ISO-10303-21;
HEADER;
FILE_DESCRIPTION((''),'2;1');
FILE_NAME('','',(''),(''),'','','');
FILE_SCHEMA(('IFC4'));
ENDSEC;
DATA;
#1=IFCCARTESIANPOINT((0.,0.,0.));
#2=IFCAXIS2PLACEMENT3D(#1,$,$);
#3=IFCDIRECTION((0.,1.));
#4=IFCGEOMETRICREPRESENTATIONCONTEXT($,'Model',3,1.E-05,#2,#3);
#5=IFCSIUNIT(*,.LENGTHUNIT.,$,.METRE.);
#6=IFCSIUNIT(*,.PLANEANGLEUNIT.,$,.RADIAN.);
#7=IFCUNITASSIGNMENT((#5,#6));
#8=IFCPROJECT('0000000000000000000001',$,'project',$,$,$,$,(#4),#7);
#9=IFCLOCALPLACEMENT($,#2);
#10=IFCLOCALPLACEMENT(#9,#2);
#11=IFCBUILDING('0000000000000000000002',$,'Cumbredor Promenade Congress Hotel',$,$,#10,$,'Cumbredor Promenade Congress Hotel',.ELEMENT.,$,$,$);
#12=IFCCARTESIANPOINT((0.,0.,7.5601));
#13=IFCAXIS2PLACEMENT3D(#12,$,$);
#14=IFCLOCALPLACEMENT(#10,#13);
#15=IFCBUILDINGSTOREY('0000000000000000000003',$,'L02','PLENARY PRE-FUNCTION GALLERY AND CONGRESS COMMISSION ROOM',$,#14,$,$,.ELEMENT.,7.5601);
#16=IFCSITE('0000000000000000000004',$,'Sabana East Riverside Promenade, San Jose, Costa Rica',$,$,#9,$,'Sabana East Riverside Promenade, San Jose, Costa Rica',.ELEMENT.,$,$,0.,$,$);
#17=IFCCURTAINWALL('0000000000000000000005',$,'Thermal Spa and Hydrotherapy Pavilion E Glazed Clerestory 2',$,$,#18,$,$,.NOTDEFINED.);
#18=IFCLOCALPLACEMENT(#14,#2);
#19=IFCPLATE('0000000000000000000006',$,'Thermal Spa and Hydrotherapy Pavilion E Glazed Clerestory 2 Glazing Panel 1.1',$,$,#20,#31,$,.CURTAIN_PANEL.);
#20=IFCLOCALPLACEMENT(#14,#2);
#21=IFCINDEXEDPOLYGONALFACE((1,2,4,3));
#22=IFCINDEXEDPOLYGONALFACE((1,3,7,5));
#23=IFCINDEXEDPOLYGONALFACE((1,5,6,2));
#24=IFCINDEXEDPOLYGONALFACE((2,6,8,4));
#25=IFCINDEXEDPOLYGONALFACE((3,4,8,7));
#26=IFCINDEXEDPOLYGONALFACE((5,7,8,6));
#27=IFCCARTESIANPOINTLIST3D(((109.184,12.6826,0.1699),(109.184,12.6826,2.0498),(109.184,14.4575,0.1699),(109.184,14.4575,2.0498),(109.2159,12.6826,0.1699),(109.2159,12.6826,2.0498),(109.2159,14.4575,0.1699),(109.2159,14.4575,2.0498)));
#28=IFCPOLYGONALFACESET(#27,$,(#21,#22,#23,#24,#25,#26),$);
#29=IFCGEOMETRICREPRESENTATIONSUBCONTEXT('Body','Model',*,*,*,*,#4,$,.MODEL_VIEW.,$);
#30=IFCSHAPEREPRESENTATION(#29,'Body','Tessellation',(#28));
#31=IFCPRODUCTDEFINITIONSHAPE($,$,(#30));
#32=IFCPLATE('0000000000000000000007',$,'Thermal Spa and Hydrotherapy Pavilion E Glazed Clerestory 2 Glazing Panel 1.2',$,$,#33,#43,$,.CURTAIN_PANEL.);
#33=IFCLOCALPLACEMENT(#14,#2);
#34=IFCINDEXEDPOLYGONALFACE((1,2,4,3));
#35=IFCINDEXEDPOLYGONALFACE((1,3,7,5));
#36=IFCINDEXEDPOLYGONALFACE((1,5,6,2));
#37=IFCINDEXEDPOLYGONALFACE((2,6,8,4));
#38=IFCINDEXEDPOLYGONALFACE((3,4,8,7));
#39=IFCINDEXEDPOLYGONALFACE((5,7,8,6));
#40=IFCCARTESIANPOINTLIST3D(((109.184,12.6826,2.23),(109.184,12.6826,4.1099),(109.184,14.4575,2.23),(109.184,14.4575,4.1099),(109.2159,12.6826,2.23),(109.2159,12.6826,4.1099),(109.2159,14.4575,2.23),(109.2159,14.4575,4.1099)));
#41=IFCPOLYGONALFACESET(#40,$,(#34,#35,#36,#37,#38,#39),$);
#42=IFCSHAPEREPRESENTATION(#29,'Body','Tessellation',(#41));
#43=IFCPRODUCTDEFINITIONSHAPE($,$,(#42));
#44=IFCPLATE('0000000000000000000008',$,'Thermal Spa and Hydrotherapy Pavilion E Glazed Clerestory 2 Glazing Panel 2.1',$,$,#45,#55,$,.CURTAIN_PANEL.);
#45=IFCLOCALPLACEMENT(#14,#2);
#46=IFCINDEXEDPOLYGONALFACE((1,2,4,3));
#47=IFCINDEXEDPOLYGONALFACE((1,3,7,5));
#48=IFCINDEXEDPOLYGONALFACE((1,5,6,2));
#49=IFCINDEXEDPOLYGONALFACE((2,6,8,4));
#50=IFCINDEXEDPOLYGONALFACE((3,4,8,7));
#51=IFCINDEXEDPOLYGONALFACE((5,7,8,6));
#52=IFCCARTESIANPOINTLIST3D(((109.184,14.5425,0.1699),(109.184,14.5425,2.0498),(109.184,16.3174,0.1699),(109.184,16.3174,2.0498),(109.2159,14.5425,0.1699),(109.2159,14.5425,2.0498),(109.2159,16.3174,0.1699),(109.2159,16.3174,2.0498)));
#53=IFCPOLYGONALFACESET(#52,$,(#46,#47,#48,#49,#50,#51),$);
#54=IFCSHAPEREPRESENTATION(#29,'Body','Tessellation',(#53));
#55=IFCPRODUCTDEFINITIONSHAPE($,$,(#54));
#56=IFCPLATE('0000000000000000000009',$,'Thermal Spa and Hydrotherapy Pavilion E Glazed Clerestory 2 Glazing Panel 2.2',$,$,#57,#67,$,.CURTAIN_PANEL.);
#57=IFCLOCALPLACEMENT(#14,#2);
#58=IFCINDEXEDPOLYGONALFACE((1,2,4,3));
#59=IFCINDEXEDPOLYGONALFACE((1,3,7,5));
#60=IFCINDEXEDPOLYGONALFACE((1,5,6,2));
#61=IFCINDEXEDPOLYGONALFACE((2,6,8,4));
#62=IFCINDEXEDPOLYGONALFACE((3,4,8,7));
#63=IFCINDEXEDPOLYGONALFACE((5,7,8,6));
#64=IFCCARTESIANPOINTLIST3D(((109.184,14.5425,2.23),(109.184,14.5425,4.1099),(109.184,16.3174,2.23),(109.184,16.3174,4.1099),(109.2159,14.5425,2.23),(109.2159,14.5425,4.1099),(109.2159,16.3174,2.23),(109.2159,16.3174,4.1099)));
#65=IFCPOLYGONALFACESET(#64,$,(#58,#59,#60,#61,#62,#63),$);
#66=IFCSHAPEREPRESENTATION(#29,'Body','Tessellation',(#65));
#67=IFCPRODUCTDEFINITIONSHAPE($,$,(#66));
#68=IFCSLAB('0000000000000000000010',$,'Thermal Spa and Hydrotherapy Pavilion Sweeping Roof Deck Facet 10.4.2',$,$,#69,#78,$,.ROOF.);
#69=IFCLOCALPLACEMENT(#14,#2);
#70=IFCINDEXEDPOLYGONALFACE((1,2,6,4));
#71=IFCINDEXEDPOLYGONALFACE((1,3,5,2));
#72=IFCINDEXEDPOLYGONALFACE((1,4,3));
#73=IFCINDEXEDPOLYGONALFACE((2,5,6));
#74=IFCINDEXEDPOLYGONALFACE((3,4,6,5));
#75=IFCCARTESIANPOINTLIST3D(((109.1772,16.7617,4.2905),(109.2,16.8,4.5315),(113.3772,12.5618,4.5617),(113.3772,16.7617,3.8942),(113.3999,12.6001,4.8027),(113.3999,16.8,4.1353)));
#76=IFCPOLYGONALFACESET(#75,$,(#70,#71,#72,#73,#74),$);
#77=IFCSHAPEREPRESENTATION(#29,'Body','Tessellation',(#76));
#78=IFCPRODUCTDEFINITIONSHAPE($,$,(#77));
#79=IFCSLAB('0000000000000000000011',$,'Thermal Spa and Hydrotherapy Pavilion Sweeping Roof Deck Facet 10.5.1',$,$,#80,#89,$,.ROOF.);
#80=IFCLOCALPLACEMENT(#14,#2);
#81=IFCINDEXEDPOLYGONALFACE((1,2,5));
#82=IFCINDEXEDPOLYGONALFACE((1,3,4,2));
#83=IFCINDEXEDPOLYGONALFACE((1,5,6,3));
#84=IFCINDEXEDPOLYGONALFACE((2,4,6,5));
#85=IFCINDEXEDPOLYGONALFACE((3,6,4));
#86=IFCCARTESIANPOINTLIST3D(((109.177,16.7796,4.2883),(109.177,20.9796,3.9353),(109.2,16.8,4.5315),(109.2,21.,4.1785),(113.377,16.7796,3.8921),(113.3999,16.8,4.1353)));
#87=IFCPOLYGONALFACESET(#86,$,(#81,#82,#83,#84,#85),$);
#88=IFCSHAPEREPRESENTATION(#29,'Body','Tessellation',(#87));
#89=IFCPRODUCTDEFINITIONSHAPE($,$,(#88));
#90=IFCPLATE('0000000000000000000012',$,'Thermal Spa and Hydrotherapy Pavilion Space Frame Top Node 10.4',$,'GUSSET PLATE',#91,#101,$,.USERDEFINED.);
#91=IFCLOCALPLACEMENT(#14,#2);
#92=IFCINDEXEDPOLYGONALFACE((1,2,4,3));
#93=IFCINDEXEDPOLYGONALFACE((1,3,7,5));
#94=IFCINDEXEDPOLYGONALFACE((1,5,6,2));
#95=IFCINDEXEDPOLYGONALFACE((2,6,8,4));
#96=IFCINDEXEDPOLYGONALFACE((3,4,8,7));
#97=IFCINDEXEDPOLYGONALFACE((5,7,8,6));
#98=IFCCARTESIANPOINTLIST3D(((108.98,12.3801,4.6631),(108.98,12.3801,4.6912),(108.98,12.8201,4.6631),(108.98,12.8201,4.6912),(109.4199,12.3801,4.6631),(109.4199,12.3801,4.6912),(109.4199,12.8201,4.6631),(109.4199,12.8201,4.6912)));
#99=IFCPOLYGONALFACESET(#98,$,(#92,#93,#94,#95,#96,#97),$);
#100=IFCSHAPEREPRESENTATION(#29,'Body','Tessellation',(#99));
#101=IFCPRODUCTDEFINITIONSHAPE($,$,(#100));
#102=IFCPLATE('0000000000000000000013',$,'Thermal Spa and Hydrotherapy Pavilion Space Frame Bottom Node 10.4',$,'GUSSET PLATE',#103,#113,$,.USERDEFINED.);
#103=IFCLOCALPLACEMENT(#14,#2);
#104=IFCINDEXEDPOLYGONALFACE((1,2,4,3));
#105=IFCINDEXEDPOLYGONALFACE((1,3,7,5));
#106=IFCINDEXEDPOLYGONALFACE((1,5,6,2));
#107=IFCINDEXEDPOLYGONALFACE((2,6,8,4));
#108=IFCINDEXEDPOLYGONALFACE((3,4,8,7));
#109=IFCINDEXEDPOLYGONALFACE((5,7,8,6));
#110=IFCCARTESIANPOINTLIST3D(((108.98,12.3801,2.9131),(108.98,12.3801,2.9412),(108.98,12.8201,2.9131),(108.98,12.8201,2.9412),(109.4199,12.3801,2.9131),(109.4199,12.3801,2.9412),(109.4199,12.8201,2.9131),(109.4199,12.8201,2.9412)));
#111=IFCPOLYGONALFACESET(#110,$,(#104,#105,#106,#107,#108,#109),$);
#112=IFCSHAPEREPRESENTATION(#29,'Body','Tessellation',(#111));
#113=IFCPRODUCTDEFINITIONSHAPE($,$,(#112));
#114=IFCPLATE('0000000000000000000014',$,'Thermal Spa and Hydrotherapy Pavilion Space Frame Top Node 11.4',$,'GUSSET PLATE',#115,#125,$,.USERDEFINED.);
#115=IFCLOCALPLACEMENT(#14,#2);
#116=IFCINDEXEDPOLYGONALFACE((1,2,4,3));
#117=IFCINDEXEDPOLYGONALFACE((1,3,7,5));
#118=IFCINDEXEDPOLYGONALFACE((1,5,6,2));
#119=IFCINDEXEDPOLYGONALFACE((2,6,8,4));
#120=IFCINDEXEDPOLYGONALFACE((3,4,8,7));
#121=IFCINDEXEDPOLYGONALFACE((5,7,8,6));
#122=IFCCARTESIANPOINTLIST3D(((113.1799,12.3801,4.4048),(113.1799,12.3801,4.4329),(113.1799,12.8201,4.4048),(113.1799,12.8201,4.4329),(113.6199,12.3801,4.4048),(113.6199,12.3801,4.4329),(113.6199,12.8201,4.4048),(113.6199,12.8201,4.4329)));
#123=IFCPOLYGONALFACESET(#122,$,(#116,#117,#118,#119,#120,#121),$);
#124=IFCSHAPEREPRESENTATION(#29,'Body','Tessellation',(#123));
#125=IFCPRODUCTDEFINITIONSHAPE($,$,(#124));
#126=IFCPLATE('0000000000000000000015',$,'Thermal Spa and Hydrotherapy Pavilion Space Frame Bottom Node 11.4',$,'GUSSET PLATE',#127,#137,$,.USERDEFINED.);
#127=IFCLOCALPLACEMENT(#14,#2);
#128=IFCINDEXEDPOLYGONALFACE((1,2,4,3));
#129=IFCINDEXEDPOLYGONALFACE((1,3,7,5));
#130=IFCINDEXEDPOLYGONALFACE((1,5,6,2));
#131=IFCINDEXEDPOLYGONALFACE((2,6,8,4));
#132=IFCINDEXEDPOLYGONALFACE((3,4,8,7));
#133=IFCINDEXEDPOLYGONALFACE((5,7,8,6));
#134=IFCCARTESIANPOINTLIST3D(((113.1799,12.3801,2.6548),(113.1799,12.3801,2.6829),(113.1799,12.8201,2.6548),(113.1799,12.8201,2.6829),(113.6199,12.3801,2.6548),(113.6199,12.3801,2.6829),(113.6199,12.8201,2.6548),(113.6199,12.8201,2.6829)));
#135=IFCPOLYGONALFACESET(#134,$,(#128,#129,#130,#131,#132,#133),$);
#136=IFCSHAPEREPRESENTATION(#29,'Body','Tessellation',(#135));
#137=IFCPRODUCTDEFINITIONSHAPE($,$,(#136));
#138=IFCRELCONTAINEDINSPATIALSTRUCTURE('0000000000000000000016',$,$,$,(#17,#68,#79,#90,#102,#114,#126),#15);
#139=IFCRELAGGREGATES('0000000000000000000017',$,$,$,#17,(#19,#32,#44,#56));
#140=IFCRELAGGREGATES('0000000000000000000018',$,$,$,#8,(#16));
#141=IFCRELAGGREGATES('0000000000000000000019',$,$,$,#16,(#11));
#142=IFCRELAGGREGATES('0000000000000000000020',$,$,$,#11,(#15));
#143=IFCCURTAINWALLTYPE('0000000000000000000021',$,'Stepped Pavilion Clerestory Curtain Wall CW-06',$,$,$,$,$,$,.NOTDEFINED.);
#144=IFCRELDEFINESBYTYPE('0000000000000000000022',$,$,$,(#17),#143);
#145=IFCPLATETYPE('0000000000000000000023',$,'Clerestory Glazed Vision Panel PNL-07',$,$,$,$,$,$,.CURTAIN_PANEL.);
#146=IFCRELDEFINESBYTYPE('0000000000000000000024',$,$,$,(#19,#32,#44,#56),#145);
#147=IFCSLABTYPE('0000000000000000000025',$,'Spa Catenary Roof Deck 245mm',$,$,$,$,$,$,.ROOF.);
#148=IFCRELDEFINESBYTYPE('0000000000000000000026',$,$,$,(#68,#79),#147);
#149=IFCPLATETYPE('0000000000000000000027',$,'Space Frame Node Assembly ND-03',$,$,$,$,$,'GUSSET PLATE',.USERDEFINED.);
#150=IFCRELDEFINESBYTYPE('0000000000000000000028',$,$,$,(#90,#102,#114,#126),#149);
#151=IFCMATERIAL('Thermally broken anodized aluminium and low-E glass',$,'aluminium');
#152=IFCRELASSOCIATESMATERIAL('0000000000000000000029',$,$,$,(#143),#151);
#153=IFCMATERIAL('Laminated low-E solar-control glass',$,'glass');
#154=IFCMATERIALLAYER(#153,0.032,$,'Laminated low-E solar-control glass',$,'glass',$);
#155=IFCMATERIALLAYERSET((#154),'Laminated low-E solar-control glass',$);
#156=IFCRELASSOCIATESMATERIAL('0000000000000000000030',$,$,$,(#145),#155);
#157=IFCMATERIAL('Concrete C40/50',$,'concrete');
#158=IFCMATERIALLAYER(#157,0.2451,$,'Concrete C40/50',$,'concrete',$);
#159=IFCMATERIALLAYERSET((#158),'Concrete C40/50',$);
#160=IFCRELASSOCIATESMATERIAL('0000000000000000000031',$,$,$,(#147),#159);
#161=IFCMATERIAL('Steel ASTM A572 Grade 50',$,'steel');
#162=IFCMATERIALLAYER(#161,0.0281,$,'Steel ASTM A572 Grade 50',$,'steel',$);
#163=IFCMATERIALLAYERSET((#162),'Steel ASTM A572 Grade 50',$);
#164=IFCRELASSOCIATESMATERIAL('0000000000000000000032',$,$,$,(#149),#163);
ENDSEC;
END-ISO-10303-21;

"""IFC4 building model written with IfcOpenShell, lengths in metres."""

from ifc_helpers import new_model, si_unit, direction, frame, origin, origin_2d, place, context, subcontext, project, spatial, polyline, rectangle, outline, extrude, material, layer, layer_set, type_object, element, aggregate, save


model = new_model("IFC4")

# Units and contexts
model_context = context("Model", 3, precision=1e-05, world=origin(), true_north=direction((0.0, 1.0)))
body_context = subcontext(model_context, "Body", "Model", "MODEL_VIEW")
ifc_project = project(units=[si_unit("LENGTHUNIT", "METRE"), si_unit("PLANEANGLEUNIT", "RADIAN")], contexts=[model_context])

# Site, building, storey
site_placement = place(None, origin())
site = spatial("IfcSite", under=ifc_project, at=site_placement, Name="Sabana East Riverside Promenade, San Jose, Costa Rica", LongName="Sabana East Riverside Promenade, San Jose, Costa Rica", CompositionType="ELEMENT", RefElevation=0.0)
building_placement = place(site_placement, origin())
building = spatial("IfcBuilding", under=site, at=building_placement, Name="Cumbredor Promenade Congress Hotel", LongName="Cumbredor Promenade Congress Hotel", CompositionType="ELEMENT")
storey_placement = place(building_placement, frame((0.0, 0.0, 7.5601)))
storey = spatial("IfcBuildingStorey", under=building, at=storey_placement, Name="L02", Description="PLENARY PRE-FUNCTION GALLERY AND CONGRESS COMMISSION ROOM", CompositionType="ELEMENT", Elevation=7.5601)

# Shared definitions
ifc_material_1 = material(Name="Thermally broken anodized aluminium and low-E glass", Category="aluminium")
curtain_wall_type = type_object("IfcCurtainWallType", Name="Stepped Pavilion Clerestory Curtain Wall CW-06", PredefinedType="NOTDEFINED", material=ifc_material_1)

# Curtain wall
curtain_wall_1_placement = place(storey_placement, origin())
curtain_wall_1 = element("IfcCurtainWall", 1, at=curtain_wall_1_placement, inside=storey, type_object=curtain_wall_type, Name="Thermal Spa and Hydrotherapy Pavilion E Glazed Clerestory 2", PredefinedType="NOTDEFINED")

# Plates
ifc_material_2 = material(Name="Laminated low-E solar-control glass", Category="glass")
ifc_layer_1 = layer(ifc_material_2, 0.032, Name="Laminated low-E solar-control glass", Category="glass")
ifc_layer_set_1 = layer_set([ifc_layer_1], Name="Laminated low-E solar-control glass")
plate_type_1 = type_object("IfcPlateType", Name="Clerestory Glazed Vision Panel PNL-07", PredefinedType="CURTAIN_PANEL", material=ifc_layer_set_1)
plate_1_placement = place(storey_placement, frame((109.2, 13.5701, 0.1699), z_axis=(0.0, 0.0, 1.0), x_axis=(0.0, 1.0, 0.0)))
plate_1 = element("IfcPlate", 2, at=plate_1_placement, type_object=plate_type_1, Name="Thermal Spa and Hydrotherapy Pavilion E Glazed Clerestory 2 Glazing Panel 1.1", PredefinedType="CURTAIN_PANEL", context=body_context, shape_type="SweptSolid", body=[
    extrude(rectangle(XDim=1.7749, YDim=0.032, at=origin_2d()), origin(), (0.0, 0.0, 1.0), 1.8799),
])
plate_2_placement = place(storey_placement, frame((109.2, 13.5701, 2.23), z_axis=(0.0, 0.0, 1.0), x_axis=(0.0, 1.0, 0.0)))
plate_2 = element("IfcPlate", 3, at=plate_2_placement, type_object=plate_type_1, Name="Thermal Spa and Hydrotherapy Pavilion E Glazed Clerestory 2 Glazing Panel 1.2", PredefinedType="CURTAIN_PANEL", context=body_context, shape_type="SweptSolid", body=[
    extrude(rectangle(XDim=1.7749, YDim=0.032, at=origin_2d()), origin(), (0.0, 0.0, 1.0), 1.8799),
])
plate_3_placement = place(storey_placement, frame((109.2, 15.4299, 0.1699), z_axis=(0.0, 0.0, 1.0), x_axis=(0.0, 1.0, 0.0)))
plate_3 = element("IfcPlate", 4, at=plate_3_placement, type_object=plate_type_1, Name="Thermal Spa and Hydrotherapy Pavilion E Glazed Clerestory 2 Glazing Panel 2.1", PredefinedType="CURTAIN_PANEL", context=body_context, shape_type="SweptSolid", body=[
    extrude(rectangle(XDim=1.7749, YDim=0.032, at=origin_2d()), origin(), (0.0, 0.0, 1.0), 1.8799),
])
plate_4_placement = place(storey_placement, frame((109.2, 15.4299, 2.23), z_axis=(0.0, 0.0, 1.0), x_axis=(0.0, 1.0, 0.0)))
plate_4 = element("IfcPlate", 5, at=plate_4_placement, type_object=plate_type_1, Name="Thermal Spa and Hydrotherapy Pavilion E Glazed Clerestory 2 Glazing Panel 2.2", PredefinedType="CURTAIN_PANEL", context=body_context, shape_type="SweptSolid", body=[
    extrude(rectangle(XDim=1.7749, YDim=0.032, at=origin_2d()), origin(), (0.0, 0.0, 1.0), 1.8799),
])
aggregate(curtain_wall_1, [plate_1, plate_2, plate_3, plate_4])

# Slabs
ifc_material_3 = material(Name="Concrete C40/50", Category="concrete")
ifc_layer_2 = layer(ifc_material_3, 0.2451, Name="Concrete C40/50", Category="concrete")
ifc_layer_set_2 = layer_set([ifc_layer_2], Name="Concrete C40/50")
slab_type = type_object("IfcSlabType", Name="Spa Catenary Roof Deck 245mm", PredefinedType="ROOF", material=ifc_layer_set_2)
slab_1_placement = place(storey_placement, frame((113.3999, 12.6001, 4.8027), z_axis=(0.092773, 0.156279, 0.983346), x_axis=(0.0, 0.987606, -0.156956)))
element("IfcSlab", 6, at=slab_1_placement, inside=storey, type_object=slab_type, Name="Thermal Spa and Hydrotherapy Pavilion Sweeping Roof Deck Facet 10.4.2", PredefinedType="ROOF", context=body_context, shape_type="SweptSolid", body=[
    extrude(outline(polyline([(0.0, 0.0), (4.2527, 0.0), (4.1905, 4.2181), (0.0, 0.0)])), origin(), (0.0, 0.0, -1.0), 0.2451),
])
slab_2_placement = place(storey_placement, frame((109.2, 16.8, 4.5315), z_axis=(0.0936, 0.083392, 0.992111), x_axis=(0.995579, 0.0, -0.093927)))
element("IfcSlab", 7, at=slab_2_placement, inside=storey, type_object=slab_type, Name="Thermal Spa and Hydrotherapy Pavilion Sweeping Roof Deck Facet 10.5.1", PredefinedType="ROOF", context=body_context, shape_type="SweptSolid", body=[
    extrude(outline(polyline([(0.0, 0.0), (4.2186, 0.0), (0.0332, 4.2146), (0.0, 0.0)])), origin(), (0.0, 0.0, -1.0), 0.2451),
])

# Plates
ifc_material_4 = material(Name="Steel ASTM A572 Grade 50", Category="steel")
ifc_layer_3 = layer(ifc_material_4, 0.0281, Name="Steel ASTM A572 Grade 50", Category="steel")
ifc_layer_set_3 = layer_set([ifc_layer_3], Name="Steel ASTM A572 Grade 50")
plate_type_2 = type_object("IfcPlateType", Name="Space Frame Node Assembly ND-03", ElementType="GUSSET PLATE", PredefinedType="USERDEFINED", material=ifc_layer_set_3)
for number, where, z_axis, x_axis, name in (
    (8, (109.2, 12.6001, 4.6631), (0.0, 0.0, 1.0), (1.0, 0.0, 0.0), "Thermal Spa and Hydrotherapy Pavilion Space Frame Top Node 10.4"),
    (9, (109.2, 12.6001, 2.9131), (0.0, 0.0, 1.0), (1.0, 0.0, 0.0), "Thermal Spa and Hydrotherapy Pavilion Space Frame Bottom Node 10.4"),
    (10, (113.3999, 12.6001, 4.4048), (0.0, 0.0, 1.0), (1.0, 0.0, 0.0), "Thermal Spa and Hydrotherapy Pavilion Space Frame Top Node 11.4"),
    (11, (113.3999, 12.6001, 2.6548), (0.0, 0.0, 1.0), (1.0, 0.0, 0.0), "Thermal Spa and Hydrotherapy Pavilion Space Frame Bottom Node 11.4"),
):
    element("IfcPlate", number, at=place(storey_placement, frame(where, z_axis=z_axis, x_axis=x_axis)), inside=storey, type_object=plate_type_2, Name=name, ObjectType="GUSSET PLATE", PredefinedType="USERDEFINED", context=body_context, shape_type="SweptSolid", body=[
        extrude(rectangle(XDim=0.4399, YDim=0.4399, at=origin_2d()), origin(), (0.0, 0.0, 1.0), 0.0281),
    ])

save(model, "model.ifc")
